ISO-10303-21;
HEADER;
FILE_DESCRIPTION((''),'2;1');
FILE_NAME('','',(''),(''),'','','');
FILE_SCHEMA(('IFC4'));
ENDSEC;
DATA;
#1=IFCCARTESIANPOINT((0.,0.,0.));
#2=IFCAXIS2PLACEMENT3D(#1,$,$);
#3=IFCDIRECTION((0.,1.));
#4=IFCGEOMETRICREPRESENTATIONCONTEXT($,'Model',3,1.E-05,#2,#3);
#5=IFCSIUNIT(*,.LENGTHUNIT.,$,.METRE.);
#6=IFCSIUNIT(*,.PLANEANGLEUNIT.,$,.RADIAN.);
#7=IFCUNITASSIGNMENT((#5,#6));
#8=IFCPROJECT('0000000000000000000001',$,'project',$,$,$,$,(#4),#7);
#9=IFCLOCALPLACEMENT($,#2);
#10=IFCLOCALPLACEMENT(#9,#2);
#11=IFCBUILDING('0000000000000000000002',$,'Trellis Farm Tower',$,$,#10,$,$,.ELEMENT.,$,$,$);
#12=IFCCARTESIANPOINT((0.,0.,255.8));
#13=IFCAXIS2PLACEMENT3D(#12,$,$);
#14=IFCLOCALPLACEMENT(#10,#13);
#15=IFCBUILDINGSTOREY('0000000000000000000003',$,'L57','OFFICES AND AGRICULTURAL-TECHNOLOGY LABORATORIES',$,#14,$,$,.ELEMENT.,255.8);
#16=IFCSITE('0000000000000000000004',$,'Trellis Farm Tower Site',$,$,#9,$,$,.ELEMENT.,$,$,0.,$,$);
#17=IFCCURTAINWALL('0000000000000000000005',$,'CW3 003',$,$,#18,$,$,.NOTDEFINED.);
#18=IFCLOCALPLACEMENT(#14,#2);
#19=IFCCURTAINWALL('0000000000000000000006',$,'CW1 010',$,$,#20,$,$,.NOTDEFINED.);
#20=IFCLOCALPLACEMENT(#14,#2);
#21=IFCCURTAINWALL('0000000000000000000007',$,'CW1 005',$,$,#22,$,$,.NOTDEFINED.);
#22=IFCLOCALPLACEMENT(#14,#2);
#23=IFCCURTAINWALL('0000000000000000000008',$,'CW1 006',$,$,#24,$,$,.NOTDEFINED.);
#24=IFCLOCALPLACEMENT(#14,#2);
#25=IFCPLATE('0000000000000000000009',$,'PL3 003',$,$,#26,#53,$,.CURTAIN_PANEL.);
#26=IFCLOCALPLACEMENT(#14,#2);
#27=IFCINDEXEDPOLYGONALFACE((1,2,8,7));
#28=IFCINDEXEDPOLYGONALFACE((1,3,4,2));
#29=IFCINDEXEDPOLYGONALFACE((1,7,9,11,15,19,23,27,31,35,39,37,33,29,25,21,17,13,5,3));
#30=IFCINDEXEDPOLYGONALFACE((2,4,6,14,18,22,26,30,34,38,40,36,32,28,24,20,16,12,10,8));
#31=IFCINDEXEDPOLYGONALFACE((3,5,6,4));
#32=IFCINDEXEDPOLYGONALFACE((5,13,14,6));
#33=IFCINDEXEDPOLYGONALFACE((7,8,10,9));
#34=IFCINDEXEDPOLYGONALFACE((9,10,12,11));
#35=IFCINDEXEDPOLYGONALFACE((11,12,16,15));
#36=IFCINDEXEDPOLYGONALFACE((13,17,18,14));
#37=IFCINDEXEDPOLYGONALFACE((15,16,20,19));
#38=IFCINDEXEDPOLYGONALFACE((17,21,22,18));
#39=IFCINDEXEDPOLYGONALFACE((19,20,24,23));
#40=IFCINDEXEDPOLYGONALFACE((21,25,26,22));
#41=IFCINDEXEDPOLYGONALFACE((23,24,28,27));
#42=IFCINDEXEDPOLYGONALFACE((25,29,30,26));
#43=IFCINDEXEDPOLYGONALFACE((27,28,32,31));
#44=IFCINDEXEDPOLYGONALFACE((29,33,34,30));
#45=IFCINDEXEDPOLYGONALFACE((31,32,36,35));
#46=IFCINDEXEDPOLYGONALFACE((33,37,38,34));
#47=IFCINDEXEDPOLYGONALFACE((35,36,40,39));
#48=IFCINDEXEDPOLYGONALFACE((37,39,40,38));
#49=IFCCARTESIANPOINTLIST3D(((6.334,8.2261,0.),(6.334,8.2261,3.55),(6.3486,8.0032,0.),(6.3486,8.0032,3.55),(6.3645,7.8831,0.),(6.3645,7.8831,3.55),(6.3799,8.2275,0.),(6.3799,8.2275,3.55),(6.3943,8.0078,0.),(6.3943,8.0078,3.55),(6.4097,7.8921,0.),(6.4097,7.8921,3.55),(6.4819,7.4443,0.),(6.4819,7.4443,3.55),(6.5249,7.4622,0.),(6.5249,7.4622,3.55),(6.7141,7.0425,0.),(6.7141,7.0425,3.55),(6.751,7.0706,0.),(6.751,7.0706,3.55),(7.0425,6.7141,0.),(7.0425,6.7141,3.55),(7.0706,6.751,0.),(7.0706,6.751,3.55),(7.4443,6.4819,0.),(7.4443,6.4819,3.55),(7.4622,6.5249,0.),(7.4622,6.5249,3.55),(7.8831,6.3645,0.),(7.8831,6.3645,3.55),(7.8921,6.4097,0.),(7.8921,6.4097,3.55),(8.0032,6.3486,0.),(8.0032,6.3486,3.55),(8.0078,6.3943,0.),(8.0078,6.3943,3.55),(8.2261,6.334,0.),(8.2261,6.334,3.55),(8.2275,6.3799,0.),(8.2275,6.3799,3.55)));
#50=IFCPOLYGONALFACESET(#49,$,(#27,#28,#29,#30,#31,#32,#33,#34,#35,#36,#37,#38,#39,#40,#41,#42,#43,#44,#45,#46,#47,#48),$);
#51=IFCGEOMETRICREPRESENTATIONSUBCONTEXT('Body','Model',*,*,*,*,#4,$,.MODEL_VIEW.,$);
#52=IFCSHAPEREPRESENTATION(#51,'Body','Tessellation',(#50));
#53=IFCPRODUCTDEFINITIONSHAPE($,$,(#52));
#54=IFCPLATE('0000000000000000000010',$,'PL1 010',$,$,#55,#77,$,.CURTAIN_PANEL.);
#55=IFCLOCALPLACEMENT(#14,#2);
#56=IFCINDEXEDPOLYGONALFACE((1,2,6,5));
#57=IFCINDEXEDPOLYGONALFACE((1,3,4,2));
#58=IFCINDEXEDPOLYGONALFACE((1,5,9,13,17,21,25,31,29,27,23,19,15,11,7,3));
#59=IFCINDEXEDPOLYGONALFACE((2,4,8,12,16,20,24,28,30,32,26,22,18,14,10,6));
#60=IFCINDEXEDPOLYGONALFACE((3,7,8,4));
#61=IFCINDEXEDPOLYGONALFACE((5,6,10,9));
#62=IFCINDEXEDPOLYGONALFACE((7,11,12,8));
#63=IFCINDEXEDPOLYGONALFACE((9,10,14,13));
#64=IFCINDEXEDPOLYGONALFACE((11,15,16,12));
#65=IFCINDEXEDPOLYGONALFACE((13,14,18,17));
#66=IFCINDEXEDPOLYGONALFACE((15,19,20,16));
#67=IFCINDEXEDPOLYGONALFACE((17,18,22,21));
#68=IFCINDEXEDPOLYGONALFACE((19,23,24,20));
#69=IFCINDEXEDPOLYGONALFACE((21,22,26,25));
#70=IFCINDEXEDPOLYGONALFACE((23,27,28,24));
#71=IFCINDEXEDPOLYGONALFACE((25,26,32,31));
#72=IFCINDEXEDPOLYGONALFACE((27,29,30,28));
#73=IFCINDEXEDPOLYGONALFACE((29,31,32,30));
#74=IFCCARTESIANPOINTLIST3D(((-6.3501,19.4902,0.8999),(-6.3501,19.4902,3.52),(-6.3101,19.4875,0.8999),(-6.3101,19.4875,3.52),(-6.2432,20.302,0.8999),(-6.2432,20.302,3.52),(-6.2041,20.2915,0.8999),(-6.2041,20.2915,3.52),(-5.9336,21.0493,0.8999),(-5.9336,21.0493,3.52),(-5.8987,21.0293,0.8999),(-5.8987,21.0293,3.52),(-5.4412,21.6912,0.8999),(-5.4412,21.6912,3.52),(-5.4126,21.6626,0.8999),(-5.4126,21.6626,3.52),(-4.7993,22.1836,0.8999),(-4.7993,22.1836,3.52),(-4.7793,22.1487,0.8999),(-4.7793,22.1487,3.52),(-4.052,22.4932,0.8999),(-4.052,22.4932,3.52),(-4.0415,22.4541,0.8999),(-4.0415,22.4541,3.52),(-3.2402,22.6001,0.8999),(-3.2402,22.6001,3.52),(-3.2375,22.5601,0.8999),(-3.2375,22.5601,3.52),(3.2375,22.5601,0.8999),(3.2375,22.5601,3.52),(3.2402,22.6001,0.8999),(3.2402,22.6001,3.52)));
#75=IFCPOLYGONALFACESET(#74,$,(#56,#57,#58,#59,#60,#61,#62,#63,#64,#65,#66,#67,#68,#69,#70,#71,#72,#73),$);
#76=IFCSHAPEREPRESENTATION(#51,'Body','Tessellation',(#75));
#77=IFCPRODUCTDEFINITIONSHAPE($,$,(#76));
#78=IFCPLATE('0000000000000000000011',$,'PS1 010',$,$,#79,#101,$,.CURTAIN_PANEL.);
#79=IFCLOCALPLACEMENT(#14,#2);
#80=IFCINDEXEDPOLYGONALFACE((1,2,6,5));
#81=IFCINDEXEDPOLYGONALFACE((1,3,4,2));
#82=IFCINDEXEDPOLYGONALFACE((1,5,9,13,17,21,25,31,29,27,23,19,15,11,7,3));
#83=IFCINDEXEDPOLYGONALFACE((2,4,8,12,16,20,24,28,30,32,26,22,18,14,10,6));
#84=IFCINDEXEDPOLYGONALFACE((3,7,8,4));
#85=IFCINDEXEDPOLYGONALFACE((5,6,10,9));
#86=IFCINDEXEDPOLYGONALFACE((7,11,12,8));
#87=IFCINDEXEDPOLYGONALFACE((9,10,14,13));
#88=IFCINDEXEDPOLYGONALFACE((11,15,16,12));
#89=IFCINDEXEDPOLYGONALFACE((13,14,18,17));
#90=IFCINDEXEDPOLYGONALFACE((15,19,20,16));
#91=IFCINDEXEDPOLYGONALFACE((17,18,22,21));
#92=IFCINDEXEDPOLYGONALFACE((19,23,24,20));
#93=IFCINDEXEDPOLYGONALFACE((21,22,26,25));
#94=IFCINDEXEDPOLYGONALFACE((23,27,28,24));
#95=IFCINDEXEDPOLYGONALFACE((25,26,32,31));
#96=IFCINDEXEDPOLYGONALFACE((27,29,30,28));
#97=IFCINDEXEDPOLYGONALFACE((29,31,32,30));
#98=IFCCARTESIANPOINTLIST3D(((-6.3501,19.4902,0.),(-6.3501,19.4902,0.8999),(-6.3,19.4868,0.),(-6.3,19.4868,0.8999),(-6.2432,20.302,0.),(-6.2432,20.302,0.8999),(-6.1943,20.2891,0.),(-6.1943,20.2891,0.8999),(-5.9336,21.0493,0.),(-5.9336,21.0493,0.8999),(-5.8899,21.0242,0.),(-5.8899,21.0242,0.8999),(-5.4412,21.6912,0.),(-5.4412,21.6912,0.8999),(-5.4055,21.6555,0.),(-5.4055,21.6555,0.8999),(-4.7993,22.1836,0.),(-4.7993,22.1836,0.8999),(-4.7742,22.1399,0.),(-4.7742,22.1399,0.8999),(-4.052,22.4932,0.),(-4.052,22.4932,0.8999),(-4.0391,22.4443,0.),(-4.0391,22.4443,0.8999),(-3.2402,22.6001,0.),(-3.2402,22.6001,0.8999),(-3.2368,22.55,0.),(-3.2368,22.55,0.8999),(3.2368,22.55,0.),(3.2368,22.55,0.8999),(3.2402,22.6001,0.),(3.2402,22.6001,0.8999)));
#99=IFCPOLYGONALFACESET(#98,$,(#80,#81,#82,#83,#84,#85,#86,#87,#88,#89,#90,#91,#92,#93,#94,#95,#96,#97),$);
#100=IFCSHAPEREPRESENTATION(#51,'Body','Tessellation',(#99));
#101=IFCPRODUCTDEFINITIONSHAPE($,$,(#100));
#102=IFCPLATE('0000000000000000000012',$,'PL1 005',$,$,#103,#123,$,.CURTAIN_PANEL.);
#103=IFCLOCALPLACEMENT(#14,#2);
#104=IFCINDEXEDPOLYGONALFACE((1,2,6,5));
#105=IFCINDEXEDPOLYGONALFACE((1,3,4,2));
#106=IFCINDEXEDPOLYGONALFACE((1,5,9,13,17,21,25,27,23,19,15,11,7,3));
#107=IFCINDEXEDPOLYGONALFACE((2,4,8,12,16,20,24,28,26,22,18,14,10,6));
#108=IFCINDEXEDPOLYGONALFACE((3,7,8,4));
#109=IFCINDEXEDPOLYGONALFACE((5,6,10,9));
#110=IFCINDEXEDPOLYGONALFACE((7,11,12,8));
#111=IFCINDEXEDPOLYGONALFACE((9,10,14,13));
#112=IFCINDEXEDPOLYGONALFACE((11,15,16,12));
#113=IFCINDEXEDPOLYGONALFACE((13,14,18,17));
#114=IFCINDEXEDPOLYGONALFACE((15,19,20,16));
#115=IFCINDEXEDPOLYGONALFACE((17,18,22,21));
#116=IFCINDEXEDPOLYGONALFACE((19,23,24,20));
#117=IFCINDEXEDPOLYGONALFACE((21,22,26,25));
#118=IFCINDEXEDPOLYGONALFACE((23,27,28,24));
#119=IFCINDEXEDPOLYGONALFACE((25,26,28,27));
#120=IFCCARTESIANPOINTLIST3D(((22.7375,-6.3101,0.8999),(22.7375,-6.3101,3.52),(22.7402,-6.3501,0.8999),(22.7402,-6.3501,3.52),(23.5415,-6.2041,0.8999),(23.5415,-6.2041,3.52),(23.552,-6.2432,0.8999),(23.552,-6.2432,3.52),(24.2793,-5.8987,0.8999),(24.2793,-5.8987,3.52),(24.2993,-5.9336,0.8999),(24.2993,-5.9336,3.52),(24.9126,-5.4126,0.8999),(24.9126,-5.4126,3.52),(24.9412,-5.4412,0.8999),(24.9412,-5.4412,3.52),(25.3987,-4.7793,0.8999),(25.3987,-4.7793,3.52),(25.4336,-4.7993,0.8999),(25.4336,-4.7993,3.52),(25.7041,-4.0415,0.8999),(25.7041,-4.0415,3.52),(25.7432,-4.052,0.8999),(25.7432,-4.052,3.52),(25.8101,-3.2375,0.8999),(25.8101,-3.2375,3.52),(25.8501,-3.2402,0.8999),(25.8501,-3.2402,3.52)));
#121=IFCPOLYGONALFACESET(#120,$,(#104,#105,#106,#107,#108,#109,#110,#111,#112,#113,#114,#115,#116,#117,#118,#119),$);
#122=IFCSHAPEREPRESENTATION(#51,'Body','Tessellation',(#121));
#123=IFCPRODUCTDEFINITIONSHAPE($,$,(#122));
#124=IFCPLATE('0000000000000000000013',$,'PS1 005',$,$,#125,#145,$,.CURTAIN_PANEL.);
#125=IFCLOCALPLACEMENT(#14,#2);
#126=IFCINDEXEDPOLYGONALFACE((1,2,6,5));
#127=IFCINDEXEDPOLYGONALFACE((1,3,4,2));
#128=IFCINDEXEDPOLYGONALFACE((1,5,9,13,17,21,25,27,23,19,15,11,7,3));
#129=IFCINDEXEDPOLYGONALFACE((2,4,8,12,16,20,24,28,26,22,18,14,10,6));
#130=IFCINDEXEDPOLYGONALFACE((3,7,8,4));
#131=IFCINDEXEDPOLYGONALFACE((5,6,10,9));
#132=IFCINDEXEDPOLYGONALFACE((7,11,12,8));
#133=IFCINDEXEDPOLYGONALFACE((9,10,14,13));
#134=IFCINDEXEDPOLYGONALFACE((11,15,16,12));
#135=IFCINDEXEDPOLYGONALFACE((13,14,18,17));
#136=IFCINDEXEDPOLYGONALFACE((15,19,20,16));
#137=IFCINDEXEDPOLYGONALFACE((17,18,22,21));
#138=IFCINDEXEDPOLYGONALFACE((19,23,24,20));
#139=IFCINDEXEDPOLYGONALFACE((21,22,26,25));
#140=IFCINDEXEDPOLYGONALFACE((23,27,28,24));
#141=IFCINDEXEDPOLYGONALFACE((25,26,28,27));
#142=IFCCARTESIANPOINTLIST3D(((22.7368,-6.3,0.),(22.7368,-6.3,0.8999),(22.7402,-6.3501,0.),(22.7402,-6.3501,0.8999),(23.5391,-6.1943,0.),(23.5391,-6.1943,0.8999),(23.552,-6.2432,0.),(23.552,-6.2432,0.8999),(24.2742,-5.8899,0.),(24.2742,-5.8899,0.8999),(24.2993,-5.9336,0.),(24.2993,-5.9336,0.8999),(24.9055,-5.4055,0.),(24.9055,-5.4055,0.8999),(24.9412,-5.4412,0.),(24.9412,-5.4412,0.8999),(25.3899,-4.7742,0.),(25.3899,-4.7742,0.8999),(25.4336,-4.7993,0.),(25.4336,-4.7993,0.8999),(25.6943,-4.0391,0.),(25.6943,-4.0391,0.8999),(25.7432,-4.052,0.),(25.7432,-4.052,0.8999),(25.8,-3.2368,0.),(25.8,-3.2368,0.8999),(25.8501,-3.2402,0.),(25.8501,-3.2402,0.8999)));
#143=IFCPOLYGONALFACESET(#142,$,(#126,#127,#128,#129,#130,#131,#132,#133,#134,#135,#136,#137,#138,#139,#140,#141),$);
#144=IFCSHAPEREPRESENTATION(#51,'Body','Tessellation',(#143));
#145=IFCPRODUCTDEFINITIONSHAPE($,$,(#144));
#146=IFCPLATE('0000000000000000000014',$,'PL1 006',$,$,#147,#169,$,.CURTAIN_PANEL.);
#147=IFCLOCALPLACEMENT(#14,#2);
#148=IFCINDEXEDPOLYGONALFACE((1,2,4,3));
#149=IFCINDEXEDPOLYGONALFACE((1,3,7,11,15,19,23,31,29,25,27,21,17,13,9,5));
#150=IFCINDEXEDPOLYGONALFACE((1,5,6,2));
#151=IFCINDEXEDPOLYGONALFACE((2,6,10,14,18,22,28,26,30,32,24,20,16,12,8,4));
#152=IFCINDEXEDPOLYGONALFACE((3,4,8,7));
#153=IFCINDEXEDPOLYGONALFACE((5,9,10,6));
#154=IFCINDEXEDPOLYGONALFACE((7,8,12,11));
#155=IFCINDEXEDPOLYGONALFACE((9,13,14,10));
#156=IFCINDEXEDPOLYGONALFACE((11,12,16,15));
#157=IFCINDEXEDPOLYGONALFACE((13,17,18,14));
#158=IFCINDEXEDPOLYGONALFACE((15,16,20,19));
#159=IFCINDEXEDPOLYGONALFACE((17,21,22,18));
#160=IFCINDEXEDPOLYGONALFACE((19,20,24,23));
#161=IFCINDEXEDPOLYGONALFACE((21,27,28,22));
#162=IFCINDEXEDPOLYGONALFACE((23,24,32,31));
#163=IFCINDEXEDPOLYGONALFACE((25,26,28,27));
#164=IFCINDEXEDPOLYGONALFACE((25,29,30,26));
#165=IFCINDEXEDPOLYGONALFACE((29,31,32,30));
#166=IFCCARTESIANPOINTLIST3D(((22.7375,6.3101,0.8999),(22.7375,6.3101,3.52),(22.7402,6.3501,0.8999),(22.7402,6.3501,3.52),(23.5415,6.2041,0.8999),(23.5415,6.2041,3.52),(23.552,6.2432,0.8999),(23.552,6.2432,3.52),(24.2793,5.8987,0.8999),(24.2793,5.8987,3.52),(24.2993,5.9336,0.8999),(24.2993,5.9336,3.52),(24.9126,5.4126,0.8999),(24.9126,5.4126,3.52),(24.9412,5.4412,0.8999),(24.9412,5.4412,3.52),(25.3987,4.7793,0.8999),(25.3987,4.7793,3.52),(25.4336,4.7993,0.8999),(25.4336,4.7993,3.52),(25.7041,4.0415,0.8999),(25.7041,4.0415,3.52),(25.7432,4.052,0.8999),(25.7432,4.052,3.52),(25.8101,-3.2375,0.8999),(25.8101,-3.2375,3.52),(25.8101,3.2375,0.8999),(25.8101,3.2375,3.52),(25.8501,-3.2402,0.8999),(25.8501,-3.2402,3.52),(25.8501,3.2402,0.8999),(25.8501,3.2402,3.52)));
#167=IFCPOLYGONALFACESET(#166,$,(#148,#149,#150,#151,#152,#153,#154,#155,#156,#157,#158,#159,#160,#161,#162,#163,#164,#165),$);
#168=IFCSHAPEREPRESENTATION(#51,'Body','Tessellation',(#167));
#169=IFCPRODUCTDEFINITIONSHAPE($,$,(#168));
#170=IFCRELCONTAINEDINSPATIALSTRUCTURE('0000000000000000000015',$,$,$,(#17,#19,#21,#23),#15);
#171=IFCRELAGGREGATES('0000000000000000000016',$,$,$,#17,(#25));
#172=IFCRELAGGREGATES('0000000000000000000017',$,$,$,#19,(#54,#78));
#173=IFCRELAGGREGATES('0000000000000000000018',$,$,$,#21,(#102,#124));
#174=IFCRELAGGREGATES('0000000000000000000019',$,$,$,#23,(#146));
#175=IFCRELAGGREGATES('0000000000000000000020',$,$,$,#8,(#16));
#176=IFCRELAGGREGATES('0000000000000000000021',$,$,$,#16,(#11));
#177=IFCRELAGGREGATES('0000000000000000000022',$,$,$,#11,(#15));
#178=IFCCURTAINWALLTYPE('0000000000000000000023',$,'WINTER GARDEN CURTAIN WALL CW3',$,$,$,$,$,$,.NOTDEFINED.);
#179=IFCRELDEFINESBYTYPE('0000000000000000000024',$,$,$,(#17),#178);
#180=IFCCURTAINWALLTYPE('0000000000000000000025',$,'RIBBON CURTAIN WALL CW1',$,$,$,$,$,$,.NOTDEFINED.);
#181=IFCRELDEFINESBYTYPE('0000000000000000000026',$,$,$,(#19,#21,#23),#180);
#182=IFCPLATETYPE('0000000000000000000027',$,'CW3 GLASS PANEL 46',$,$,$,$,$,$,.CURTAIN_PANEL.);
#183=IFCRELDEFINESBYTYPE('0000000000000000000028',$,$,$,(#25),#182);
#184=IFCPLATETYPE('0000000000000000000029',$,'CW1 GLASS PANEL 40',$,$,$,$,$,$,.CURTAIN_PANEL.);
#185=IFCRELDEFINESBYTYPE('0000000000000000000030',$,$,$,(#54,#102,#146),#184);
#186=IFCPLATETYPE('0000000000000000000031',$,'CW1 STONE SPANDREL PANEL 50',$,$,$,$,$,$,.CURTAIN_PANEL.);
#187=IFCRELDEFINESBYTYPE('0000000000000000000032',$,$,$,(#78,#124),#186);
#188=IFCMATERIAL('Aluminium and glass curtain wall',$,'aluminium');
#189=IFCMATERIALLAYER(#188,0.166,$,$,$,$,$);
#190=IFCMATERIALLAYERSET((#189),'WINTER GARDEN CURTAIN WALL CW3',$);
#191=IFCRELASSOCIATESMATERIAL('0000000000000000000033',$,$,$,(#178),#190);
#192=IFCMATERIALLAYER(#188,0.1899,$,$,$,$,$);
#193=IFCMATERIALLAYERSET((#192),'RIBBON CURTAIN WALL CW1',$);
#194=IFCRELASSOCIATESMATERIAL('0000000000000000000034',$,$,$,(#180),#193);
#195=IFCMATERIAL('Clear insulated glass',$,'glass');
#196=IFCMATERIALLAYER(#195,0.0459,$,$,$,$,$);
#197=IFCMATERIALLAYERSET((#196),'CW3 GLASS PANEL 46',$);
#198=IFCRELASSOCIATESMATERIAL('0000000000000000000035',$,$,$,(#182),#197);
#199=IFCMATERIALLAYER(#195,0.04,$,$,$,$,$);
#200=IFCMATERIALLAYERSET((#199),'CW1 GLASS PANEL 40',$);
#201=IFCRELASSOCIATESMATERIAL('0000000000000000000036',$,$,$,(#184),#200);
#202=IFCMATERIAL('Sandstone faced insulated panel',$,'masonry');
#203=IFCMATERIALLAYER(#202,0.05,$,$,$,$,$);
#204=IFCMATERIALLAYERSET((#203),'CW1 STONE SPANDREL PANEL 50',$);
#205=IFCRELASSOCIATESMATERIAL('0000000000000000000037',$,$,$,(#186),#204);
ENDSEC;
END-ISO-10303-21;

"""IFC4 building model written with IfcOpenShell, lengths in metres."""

from ifc_helpers import new_model, si_unit, direction, frame, origin, place, context, subcontext, project, spatial, polyline, outline, extrude, source, transform, mapped, material, layer, layer_set, type_object, element, aggregate, save


model = new_model("IFC4")

# Units and contexts
model_context = context("Model", 3, precision=1e-05, world=origin(), true_north=direction((0.0, 1.0)))
body_context = subcontext(model_context, "Body", "Model", "MODEL_VIEW")
ifc_project = project(units=[si_unit("LENGTHUNIT", "METRE"), si_unit("PLANEANGLEUNIT", "RADIAN")], contexts=[model_context])

# Site, building, storey
site_placement = place(None, origin())
site = spatial("IfcSite", under=ifc_project, at=site_placement, Name="Trellis Farm Tower Site", CompositionType="ELEMENT", RefElevation=0.0)
building_placement = place(site_placement, origin())
building = spatial("IfcBuilding", under=site, at=building_placement, Name="Trellis Farm Tower", CompositionType="ELEMENT")
storey_placement = place(building_placement, frame((0.0, 0.0, 255.8)))
storey = spatial("IfcBuildingStorey", under=building, at=storey_placement, Name="L57", Description="OFFICES AND AGRICULTURAL-TECHNOLOGY LABORATORIES", CompositionType="ELEMENT", Elevation=255.8)

# Curtain walls
ifc_material_1 = material(Name="Aluminium and glass curtain wall", Category="aluminium")
ifc_layer_1 = layer(ifc_material_1, 0.166)
ifc_layer_set_1 = layer_set([ifc_layer_1], Name="WINTER GARDEN CURTAIN WALL CW3")
curtain_wall_type_1 = type_object("IfcCurtainWallType", Name="WINTER GARDEN CURTAIN WALL CW3", PredefinedType="NOTDEFINED", material=ifc_layer_set_1)
placement_1 = place(storey_placement, origin())
curtain_wall_1 = element("IfcCurtainWall", 1, at=placement_1, inside=storey, type_object=curtain_wall_type_1, Name="CW3 003", PredefinedType="NOTDEFINED")
ifc_layer_2 = layer(ifc_material_1, 0.1899)
ifc_layer_set_2 = layer_set([ifc_layer_2], Name="RIBBON CURTAIN WALL CW1")
curtain_wall_type_2 = type_object("IfcCurtainWallType", Name="RIBBON CURTAIN WALL CW1", PredefinedType="NOTDEFINED", material=ifc_layer_set_2)
curtain_wall_2 = element("IfcCurtainWall", 2, at=placement_1, inside=storey, type_object=curtain_wall_type_2, Name="CW1 010", PredefinedType="NOTDEFINED")
curtain_wall_3 = element("IfcCurtainWall", 3, at=placement_1, inside=storey, type_object=curtain_wall_type_2, Name="CW1 005", PredefinedType="NOTDEFINED")
curtain_wall_4 = element("IfcCurtainWall", 4, at=placement_1, inside=storey, type_object=curtain_wall_type_2, Name="CW1 006", PredefinedType="NOTDEFINED")

# Plates
ifc_material_2 = material(Name="Clear insulated glass", Category="glass")
ifc_layer_3 = layer(ifc_material_2, 0.0459)
ifc_layer_set_3 = layer_set([ifc_layer_3], Name="CW3 GLASS PANEL 46")
plate_type_1 = type_object("IfcPlateType", Name="CW3 GLASS PANEL 46", PredefinedType="CURTAIN_PANEL", material=ifc_layer_set_3)
shared_shape_1 = source(origin(), body_context, "Body", "SweptSolid", [
    extrude(outline(polyline([(8.2275, 6.3799), (8.0078, 6.3943), (7.8921, 6.4097), (7.4622, 6.5249), (7.0706, 6.751), (6.751, 7.0706), (6.5249, 7.4622), (6.4097, 7.8921), (6.3943, 8.0078), (6.3799, 8.2275), (6.334, 8.2261), (6.3486, 8.0032), (6.3645, 7.8831), (6.4819, 7.4443), (6.7141, 7.0425), (7.0425, 6.7141), (7.4443, 6.4819), (7.8831, 6.3645), (8.0032, 6.3486), (8.2261, 6.334), (8.2275, 6.3799)])), origin(), (0.0, 0.0, 1.0), 3.55),
])
plate_1 = element("IfcPlate", 5, at=placement_1, type_object=plate_type_1, Name="PL3 003", PredefinedType="CURTAIN_PANEL", context=body_context, shape_type="MappedRepresentation", body=[
    mapped(shared_shape_1, transform((0.0, 0.0, 0.0))),
])
aggregate(curtain_wall_1, [plate_1])
ifc_layer_4 = layer(ifc_material_2, 0.04)
ifc_layer_set_4 = layer_set([ifc_layer_4], Name="CW1 GLASS PANEL 40")
plate_type_2 = type_object("IfcPlateType", Name="CW1 GLASS PANEL 40", PredefinedType="CURTAIN_PANEL", material=ifc_layer_set_4)
shared_shape_2 = source(origin(), body_context, "Body", "SweptSolid", [
    extrude(outline(polyline([(3.2402, 22.6001), (-3.2402, 22.6001), (-4.052, 22.4932), (-4.7993, 22.1836), (-5.4412, 21.6912), (-5.9336, 21.0493), (-6.2432, 20.302), (-6.3501, 19.4902), (-6.3101, 19.4875), (-6.2041, 20.2915), (-5.8987, 21.0293), (-5.4126, 21.6626), (-4.7793, 22.1487), (-4.0415, 22.4541), (-3.2375, 22.5601), (3.2375, 22.5601), (3.2402, 22.6001)])), origin(), (0.0, 0.0, 1.0), 2.6201),
])
placement_2 = place(storey_placement, frame((0.0, 0.0, 0.8999)))
plate_2 = element("IfcPlate", 6, at=placement_2, type_object=plate_type_2, Name="PL1 010", PredefinedType="CURTAIN_PANEL", context=body_context, shape_type="MappedRepresentation", body=[
    mapped(shared_shape_2, transform((0.0, 0.0, 0.0))),
])
ifc_material_3 = material(Name="Sandstone faced insulated panel", Category="masonry")
ifc_layer_5 = layer(ifc_material_3, 0.05)
ifc_layer_set_5 = layer_set([ifc_layer_5], Name="CW1 STONE SPANDREL PANEL 50")
plate_type_3 = type_object("IfcPlateType", Name="CW1 STONE SPANDREL PANEL 50", PredefinedType="CURTAIN_PANEL", material=ifc_layer_set_5)
shared_shape_3 = source(origin(), body_context, "Body", "SweptSolid", [
    extrude(outline(polyline([(3.2402, 22.6001), (-3.2402, 22.6001), (-4.052, 22.4932), (-4.7993, 22.1836), (-5.4412, 21.6912), (-5.9336, 21.0493), (-6.2432, 20.302), (-6.3501, 19.4902), (-6.3, 19.4868), (-6.1943, 20.2891), (-5.8899, 21.0242), (-5.4055, 21.6555), (-4.7742, 22.1399), (-4.0391, 22.4443), (-3.2368, 22.55), (3.2368, 22.55), (3.2402, 22.6001)])), origin(), (0.0, 0.0, 1.0), 0.8999),
])
plate_3 = element("IfcPlate", 7, at=placement_1, type_object=plate_type_3, Name="PS1 010", PredefinedType="CURTAIN_PANEL", context=body_context, shape_type="MappedRepresentation", body=[
    mapped(shared_shape_3, transform((0.0, 0.0, 0.0))),
])
aggregate(curtain_wall_2, [plate_2, plate_3])
shared_shape_4 = source(origin(), body_context, "Body", "SweptSolid", [
    extrude(outline(polyline([(22.7402, -6.3501), (23.552, -6.2432), (24.2993, -5.9336), (24.9412, -5.4412), (25.4336, -4.7993), (25.7432, -4.052), (25.8501, -3.2402), (25.8101, -3.2375), (25.7041, -4.0415), (25.3987, -4.7793), (24.9126, -5.4126), (24.2793, -5.8987), (23.5415, -6.2041), (22.7375, -6.3101), (22.7402, -6.3501)])), origin(), (0.0, 0.0, 1.0), 2.6201),
])
plate_4 = element("IfcPlate", 8, at=placement_2, type_object=plate_type_2, Name="PL1 005", PredefinedType="CURTAIN_PANEL", context=body_context, shape_type="MappedRepresentation", body=[
    mapped(shared_shape_4, transform((0.0, 0.0, 0.0))),
])
shared_shape_5 = source(origin(), body_context, "Body", "SweptSolid", [
    extrude(outline(polyline([(22.7402, -6.3501), (23.552, -6.2432), (24.2993, -5.9336), (24.9412, -5.4412), (25.4336, -4.7993), (25.7432, -4.052), (25.8501, -3.2402), (25.8, -3.2368), (25.6943, -4.0391), (25.3899, -4.7742), (24.9055, -5.4055), (24.2742, -5.8899), (23.5391, -6.1943), (22.7368, -6.3), (22.7402, -6.3501)])), origin(), (0.0, 0.0, 1.0), 0.8999),
])
plate_5 = element("IfcPlate", 9, at=placement_1, type_object=plate_type_3, Name="PS1 005", PredefinedType="CURTAIN_PANEL", context=body_context, shape_type="MappedRepresentation", body=[
    mapped(shared_shape_5, transform((0.0, 0.0, 0.0))),
])
aggregate(curtain_wall_3, [plate_4, plate_5])
shared_shape_6 = source(origin(), body_context, "Body", "SweptSolid", [
    extrude(outline(polyline([(25.8501, -3.2402), (25.8501, 3.2402), (25.7432, 4.052), (25.4336, 4.7993), (24.9412, 5.4412), (24.2993, 5.9336), (23.552, 6.2432), (22.7402, 6.3501), (22.7375, 6.3101), (23.5415, 6.2041), (24.2793, 5.8987), (24.9126, 5.4126), (25.3987, 4.7793), (25.7041, 4.0415), (25.8101, 3.2375), (25.8101, -3.2375), (25.8501, -3.2402)])), origin(), (0.0, 0.0, 1.0), 2.6201),
])
plate_6 = element("IfcPlate", 10, at=placement_2, type_object=plate_type_2, Name="PL1 006", PredefinedType="CURTAIN_PANEL", context=body_context, shape_type="MappedRepresentation", body=[
    mapped(shared_shape_6, transform((0.0, 0.0, 0.0))),
])
aggregate(curtain_wall_4, [plate_6])

save(model, "model.ifc")
